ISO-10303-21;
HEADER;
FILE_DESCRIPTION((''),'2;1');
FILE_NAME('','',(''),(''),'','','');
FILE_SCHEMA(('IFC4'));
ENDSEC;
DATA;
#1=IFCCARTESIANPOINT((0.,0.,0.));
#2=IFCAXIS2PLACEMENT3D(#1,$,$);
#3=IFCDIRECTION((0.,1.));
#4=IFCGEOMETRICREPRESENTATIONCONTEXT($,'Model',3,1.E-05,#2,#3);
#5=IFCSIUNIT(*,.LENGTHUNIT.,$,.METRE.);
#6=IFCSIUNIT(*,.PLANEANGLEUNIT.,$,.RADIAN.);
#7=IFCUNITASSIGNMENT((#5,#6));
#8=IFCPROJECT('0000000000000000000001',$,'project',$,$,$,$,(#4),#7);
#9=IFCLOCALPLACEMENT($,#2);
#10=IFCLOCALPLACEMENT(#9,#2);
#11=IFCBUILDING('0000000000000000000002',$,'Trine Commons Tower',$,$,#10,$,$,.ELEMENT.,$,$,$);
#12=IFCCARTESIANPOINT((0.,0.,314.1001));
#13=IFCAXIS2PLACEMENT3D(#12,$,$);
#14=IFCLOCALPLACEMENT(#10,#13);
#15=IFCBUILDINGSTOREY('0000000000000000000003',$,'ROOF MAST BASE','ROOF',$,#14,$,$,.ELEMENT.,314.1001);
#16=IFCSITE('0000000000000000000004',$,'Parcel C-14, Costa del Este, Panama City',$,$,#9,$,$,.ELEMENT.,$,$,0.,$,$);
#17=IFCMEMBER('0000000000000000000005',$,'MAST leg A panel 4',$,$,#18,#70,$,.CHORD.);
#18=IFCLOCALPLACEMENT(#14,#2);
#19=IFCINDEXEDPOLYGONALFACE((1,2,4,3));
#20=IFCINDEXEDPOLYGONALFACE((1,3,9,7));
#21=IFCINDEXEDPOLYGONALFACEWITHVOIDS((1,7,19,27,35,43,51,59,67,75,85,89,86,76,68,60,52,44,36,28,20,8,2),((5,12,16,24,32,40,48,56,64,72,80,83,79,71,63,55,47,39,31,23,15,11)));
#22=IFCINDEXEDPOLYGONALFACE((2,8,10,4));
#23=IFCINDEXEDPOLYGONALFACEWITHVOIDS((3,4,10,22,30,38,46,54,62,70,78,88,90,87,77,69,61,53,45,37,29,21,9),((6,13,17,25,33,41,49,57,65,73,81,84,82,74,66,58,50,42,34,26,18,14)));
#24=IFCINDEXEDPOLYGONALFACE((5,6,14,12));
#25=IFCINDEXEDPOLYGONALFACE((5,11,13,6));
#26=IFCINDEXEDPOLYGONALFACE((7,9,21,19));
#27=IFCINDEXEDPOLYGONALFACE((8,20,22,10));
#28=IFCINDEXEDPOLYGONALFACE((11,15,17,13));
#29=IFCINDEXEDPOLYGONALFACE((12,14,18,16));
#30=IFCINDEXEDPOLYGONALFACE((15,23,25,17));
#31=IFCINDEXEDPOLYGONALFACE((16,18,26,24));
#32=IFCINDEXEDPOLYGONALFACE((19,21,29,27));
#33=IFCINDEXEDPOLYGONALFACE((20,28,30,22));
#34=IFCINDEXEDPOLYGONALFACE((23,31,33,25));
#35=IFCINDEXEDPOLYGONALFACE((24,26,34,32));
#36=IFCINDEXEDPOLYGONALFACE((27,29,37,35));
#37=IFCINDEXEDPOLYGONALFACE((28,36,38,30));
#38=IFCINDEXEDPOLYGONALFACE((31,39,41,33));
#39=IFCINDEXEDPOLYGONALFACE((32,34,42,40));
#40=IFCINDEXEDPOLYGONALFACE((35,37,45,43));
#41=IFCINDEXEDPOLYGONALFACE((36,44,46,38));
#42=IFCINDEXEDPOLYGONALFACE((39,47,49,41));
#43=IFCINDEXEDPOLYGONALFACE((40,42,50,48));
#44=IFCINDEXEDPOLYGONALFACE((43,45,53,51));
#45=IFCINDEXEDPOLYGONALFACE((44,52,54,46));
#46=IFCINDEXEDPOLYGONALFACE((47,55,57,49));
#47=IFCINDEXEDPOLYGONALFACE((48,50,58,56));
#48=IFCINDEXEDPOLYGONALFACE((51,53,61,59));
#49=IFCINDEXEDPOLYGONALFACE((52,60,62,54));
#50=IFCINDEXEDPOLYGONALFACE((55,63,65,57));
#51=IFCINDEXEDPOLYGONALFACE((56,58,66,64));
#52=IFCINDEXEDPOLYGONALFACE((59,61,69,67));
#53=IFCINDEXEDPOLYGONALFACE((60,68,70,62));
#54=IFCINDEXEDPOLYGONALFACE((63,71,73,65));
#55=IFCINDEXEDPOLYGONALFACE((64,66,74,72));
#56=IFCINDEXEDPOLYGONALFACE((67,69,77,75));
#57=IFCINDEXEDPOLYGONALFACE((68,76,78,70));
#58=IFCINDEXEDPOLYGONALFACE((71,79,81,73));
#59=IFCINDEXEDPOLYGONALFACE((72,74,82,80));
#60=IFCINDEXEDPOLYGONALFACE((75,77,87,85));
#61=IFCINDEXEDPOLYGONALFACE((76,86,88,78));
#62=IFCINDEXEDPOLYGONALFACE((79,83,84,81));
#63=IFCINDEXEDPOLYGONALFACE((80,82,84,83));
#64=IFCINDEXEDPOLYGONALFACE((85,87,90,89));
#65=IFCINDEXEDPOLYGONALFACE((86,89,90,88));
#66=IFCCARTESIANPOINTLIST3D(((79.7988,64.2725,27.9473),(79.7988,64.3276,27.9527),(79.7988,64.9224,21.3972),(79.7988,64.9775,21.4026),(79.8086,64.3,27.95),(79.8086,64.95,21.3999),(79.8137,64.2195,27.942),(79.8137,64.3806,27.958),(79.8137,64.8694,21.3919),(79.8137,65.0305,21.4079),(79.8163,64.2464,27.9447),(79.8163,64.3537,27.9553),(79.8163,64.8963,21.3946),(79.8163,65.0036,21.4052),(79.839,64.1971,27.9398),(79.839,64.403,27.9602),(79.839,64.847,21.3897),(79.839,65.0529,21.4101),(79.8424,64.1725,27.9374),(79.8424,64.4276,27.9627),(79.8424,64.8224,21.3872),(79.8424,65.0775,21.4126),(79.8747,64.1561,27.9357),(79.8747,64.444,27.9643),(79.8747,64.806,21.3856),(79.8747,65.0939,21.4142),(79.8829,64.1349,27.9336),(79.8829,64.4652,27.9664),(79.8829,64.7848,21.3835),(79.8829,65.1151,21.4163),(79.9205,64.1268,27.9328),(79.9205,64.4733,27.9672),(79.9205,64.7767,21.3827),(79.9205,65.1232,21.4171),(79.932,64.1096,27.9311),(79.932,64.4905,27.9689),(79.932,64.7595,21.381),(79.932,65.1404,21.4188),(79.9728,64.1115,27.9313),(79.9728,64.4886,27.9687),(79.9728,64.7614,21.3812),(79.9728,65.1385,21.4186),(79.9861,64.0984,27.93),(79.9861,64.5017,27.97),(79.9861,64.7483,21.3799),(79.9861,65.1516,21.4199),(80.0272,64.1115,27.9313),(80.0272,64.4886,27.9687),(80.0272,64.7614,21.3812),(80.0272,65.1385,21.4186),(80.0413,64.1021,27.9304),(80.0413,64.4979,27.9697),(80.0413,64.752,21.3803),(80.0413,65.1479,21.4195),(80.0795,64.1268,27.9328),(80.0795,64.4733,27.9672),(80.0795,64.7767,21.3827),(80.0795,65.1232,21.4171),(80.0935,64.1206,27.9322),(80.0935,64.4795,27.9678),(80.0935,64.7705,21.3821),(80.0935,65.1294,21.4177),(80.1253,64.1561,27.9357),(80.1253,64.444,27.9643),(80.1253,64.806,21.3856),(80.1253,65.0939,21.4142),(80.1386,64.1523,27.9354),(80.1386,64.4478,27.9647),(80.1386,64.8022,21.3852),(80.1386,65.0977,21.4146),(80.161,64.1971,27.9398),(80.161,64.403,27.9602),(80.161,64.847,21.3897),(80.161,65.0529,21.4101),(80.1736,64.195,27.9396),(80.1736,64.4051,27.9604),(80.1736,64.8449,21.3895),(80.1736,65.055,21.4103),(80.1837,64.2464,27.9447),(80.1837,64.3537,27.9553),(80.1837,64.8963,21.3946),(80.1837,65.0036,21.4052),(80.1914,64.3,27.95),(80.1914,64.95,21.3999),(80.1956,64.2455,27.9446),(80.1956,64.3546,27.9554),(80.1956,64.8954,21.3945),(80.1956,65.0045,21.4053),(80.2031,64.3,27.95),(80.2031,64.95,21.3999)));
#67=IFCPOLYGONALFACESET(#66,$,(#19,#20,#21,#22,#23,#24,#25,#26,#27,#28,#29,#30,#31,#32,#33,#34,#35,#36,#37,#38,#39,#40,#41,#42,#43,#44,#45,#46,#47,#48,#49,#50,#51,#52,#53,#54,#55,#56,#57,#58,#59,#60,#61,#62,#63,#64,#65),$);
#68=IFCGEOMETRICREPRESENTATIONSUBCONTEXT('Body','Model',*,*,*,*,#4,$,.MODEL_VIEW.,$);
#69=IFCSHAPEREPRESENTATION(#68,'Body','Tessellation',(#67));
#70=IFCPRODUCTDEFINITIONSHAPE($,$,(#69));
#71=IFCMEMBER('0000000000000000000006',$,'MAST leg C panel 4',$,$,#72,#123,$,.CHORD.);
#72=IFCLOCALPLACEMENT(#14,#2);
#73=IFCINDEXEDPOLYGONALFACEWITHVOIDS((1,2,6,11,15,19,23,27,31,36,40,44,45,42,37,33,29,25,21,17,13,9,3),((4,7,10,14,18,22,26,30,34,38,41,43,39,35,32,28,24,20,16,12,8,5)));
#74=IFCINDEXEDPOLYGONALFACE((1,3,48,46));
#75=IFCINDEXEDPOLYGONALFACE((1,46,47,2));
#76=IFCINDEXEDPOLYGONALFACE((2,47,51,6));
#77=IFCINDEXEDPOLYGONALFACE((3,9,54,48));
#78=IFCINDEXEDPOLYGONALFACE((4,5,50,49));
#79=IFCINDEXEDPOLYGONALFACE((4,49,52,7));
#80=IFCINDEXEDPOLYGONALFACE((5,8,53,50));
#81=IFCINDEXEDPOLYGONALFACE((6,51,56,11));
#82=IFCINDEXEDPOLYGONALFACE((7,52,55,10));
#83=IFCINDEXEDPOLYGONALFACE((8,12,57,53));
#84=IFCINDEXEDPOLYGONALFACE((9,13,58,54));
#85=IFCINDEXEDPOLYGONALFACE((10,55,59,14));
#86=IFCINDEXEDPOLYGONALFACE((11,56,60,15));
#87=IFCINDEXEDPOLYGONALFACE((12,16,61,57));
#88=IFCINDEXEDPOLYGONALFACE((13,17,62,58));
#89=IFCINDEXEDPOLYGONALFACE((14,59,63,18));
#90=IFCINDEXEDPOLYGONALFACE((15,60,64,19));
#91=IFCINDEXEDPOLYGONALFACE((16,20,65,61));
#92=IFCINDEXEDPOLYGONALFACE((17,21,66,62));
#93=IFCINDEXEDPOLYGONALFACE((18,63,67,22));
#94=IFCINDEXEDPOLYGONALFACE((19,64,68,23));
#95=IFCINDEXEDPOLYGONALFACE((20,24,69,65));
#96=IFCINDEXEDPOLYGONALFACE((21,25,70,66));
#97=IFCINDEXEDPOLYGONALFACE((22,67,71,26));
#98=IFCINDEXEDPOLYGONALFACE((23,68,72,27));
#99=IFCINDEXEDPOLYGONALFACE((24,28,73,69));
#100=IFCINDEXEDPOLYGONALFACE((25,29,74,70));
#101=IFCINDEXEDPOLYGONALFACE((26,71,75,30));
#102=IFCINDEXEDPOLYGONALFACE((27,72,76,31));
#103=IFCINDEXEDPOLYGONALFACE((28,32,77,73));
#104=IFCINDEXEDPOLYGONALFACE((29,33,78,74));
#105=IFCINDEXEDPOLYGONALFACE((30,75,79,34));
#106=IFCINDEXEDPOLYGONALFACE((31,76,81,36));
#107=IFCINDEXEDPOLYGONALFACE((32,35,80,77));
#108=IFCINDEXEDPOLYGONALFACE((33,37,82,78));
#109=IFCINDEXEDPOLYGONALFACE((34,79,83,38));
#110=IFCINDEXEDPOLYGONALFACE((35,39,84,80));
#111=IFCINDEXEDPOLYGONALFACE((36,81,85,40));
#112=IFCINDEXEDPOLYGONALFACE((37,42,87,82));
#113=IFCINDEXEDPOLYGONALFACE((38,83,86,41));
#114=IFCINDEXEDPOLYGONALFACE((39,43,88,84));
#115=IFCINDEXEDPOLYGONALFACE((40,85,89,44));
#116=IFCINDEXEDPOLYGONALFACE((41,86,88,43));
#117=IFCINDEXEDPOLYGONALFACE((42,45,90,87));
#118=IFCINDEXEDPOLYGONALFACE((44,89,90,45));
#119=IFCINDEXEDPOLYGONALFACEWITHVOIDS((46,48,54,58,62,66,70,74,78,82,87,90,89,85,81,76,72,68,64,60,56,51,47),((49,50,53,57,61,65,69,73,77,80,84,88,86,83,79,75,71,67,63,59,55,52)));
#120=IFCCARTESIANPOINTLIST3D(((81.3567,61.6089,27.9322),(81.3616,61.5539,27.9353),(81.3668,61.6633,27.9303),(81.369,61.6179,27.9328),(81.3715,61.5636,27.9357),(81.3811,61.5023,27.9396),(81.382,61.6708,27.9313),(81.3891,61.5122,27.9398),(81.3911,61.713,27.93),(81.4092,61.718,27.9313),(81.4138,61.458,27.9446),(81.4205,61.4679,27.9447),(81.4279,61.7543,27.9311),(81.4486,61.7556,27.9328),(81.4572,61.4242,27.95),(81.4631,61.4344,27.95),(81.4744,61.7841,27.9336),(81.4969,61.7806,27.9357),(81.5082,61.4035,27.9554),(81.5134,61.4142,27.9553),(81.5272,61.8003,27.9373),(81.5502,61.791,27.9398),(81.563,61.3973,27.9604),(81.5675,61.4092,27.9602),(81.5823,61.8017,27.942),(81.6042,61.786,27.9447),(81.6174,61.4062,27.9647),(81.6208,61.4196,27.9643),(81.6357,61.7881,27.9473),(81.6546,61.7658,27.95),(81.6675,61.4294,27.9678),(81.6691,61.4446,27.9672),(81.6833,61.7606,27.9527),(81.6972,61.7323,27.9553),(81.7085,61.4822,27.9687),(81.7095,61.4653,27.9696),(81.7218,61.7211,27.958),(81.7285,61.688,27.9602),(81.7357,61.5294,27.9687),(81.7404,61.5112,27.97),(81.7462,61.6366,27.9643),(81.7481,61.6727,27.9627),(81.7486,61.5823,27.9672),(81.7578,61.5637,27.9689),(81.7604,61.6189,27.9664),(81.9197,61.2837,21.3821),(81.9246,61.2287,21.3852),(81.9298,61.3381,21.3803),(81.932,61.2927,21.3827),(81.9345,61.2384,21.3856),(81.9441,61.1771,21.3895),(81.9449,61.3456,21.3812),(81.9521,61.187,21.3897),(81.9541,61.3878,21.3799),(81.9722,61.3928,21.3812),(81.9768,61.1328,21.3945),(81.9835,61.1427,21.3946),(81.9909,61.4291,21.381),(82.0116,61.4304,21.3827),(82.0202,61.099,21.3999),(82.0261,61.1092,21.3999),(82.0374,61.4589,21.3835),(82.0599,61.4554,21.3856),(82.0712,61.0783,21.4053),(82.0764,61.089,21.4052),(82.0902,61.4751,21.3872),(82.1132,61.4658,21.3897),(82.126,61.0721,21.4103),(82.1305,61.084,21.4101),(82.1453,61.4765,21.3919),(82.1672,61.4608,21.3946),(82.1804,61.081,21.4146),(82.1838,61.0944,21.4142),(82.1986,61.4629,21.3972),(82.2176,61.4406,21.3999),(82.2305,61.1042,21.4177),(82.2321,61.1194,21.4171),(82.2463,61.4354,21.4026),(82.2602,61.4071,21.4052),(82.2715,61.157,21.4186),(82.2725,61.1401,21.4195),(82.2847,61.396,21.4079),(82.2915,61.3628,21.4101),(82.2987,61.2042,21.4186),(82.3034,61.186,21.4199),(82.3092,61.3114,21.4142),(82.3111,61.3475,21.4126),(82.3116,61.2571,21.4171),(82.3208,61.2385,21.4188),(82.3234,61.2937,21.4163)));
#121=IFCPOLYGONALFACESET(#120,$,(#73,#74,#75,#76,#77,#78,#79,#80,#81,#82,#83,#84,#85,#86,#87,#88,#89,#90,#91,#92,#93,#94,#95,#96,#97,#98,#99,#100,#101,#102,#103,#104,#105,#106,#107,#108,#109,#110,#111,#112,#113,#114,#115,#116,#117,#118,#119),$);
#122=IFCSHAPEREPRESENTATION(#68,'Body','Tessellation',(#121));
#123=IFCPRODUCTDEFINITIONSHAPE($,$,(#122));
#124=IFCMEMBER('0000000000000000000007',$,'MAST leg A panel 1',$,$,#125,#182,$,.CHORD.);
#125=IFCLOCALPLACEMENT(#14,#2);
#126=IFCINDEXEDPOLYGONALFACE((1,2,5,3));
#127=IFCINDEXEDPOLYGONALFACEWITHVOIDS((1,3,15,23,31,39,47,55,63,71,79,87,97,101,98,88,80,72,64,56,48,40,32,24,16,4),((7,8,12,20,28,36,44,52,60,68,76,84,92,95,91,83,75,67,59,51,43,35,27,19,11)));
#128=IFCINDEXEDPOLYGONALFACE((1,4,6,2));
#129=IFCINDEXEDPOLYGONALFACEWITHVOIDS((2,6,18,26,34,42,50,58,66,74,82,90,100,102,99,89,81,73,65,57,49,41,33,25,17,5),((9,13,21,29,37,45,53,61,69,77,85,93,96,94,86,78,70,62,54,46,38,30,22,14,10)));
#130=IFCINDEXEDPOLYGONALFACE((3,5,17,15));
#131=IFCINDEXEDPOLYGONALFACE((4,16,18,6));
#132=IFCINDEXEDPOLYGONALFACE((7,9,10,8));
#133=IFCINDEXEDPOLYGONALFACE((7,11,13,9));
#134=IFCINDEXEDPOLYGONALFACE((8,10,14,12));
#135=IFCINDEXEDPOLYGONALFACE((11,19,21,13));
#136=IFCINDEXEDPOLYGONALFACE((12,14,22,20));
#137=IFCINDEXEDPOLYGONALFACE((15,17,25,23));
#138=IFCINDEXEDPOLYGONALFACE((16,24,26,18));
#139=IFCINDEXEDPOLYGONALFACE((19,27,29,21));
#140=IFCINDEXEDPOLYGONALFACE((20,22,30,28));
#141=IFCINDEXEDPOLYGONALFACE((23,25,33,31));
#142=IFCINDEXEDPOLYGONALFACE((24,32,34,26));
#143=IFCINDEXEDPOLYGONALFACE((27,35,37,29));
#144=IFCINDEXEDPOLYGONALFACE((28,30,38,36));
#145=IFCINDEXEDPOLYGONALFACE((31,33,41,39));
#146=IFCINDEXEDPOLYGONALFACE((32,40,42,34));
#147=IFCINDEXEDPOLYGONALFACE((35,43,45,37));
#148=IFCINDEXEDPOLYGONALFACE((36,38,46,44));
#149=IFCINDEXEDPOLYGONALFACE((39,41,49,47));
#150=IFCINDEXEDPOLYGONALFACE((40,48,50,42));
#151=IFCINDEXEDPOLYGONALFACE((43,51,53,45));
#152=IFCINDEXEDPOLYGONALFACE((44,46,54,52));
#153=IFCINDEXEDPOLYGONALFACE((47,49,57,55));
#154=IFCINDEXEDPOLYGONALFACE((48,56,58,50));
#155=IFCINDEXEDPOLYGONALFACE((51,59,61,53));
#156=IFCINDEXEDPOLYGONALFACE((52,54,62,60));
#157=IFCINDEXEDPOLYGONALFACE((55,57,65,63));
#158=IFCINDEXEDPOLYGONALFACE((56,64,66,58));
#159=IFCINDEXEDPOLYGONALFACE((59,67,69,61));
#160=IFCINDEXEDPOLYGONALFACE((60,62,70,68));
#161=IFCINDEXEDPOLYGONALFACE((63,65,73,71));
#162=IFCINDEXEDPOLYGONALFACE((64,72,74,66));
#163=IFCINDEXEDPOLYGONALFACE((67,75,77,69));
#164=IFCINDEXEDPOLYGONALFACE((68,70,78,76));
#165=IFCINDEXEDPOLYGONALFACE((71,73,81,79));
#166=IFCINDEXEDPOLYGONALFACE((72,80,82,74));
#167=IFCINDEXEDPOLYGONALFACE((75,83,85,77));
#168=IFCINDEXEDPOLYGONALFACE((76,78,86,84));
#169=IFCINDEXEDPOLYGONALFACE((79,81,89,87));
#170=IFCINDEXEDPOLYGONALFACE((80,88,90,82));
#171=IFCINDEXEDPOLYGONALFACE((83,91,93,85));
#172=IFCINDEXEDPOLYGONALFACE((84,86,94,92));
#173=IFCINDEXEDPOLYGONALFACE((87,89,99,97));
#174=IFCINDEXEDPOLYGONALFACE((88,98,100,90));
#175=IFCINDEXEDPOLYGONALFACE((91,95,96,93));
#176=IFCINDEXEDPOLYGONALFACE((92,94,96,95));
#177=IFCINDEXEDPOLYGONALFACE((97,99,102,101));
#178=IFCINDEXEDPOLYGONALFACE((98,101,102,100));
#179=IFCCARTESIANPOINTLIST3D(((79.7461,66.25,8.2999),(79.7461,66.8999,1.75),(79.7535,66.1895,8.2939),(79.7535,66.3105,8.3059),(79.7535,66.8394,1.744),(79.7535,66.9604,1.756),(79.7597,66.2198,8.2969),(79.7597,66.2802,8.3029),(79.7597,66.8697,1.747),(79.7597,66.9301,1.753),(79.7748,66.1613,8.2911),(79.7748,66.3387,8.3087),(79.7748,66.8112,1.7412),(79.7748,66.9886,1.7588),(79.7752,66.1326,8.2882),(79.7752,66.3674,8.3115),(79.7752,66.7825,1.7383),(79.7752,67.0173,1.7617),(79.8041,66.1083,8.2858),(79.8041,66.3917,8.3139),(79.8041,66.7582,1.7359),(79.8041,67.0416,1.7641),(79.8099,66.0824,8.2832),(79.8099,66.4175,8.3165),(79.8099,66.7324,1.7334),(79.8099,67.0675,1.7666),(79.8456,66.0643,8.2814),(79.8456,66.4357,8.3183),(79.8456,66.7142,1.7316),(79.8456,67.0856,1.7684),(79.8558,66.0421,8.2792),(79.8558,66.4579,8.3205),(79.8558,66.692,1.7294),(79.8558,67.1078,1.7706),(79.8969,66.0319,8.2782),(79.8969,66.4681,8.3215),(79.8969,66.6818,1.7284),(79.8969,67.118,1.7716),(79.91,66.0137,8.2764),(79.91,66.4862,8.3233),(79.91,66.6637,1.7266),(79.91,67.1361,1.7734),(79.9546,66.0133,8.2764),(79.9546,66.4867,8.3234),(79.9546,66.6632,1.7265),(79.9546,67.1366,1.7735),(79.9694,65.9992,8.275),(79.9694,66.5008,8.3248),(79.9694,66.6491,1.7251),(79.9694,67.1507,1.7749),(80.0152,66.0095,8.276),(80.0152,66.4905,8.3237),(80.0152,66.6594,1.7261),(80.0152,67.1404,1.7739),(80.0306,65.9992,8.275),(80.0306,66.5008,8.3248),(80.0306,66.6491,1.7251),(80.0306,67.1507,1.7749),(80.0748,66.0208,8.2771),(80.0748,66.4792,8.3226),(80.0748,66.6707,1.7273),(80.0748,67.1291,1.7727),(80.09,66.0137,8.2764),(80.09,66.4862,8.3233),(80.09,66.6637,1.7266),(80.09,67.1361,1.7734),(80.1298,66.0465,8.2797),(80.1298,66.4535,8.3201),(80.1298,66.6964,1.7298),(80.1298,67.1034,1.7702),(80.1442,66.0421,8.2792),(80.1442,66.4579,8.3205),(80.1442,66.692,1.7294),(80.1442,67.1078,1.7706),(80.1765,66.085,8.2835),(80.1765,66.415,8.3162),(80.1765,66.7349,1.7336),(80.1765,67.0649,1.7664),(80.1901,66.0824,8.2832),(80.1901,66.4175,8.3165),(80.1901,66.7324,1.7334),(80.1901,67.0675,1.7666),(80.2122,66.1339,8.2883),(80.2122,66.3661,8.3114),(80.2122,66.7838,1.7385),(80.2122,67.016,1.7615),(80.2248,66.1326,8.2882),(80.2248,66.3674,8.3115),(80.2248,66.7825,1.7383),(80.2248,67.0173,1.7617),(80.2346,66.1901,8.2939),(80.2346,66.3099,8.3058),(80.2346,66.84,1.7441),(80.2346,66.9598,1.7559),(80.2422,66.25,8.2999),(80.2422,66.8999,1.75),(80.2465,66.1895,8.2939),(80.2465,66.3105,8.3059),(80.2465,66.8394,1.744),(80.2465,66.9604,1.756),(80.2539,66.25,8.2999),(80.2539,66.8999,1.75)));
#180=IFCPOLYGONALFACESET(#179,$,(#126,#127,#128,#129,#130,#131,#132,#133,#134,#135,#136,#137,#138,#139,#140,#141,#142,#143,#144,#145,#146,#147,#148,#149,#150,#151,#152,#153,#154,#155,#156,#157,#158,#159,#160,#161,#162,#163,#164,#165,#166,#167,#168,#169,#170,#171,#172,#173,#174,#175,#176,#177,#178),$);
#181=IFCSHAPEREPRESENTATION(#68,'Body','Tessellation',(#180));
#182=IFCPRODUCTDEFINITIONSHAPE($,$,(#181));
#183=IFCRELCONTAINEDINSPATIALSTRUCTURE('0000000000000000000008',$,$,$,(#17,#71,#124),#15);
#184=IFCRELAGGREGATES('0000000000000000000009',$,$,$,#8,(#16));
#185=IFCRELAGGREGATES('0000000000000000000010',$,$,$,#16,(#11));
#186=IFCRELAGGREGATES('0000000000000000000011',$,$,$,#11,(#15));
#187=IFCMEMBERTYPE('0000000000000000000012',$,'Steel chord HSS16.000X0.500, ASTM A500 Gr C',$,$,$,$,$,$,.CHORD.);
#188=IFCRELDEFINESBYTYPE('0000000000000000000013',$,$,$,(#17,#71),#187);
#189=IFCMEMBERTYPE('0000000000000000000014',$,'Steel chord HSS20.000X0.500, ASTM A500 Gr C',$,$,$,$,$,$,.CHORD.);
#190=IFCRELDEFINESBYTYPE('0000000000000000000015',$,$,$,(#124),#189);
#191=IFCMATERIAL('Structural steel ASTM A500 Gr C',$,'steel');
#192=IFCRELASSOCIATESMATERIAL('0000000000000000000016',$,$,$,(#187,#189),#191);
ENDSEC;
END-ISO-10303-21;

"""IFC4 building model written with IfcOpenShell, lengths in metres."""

from ifc_helpers import new_model, si_unit, direction, frame, origin, origin_2d, place, context, subcontext, project, spatial, hollow_circle, extrude, material, material_profile, profile_set, type_object, element, save


model = new_model("IFC4")

# Units and contexts
model_context = context("Model", 3, precision=1e-05, world=origin(), true_north=direction((0.0, 1.0)))
body_context = subcontext(model_context, "Body", "Model", "MODEL_VIEW")
ifc_project = project(units=[si_unit("LENGTHUNIT", "METRE"), si_unit("PLANEANGLEUNIT", "RADIAN")], contexts=[model_context])

# Site, building, storey
site_placement = place(None, origin())
site = spatial("IfcSite", under=ifc_project, at=site_placement, Name="Parcel C-14, Costa del Este, Panama City", CompositionType="ELEMENT", RefElevation=0.0)
building_placement = place(site_placement, origin())
building = spatial("IfcBuilding", under=site, at=building_placement, Name="Trine Commons Tower", CompositionType="ELEMENT")
storey_placement = place(building_placement, frame((0.0, 0.0, 314.1001)))
storey = spatial("IfcBuildingStorey", under=building, at=storey_placement, Name="ROOF MAST BASE", Description="ROOF", CompositionType="ELEMENT", Elevation=314.1001)

# Members
ifc_material_1 = material(Name="Structural steel ASTM A500 Gr C", Category="steel")
ifc_material_profile_1 = material_profile(ifc_material_1, hollow_circle(Radius=0.2031, WallThickness=0.0117, at=origin_2d()), Name="HSS16.000X0.500")
ifc_profile_set_1 = profile_set([ifc_material_profile_1], Name="Structural steel ASTM A500 Gr C")
member_type_1 = type_object("IfcMemberType", Name="Steel chord HSS16.000X0.500, ASTM A500 Gr C", PredefinedType="CHORD", material=ifc_profile_set_1)
for number, where, z_axis, x_axis, name in (
    (1, (80.0, 64.95, 21.3999), (0.0, -0.098736, 0.995114), (1.0, 0.0, 0.0), "MAST leg A panel 4"),
    (2, (82.1218, 61.2749, 21.3999), (-0.085531, 0.049405, 0.99511), (-0.500177, -0.865923, 0.0), "MAST leg C panel 4"),
):
    element("IfcMember", number, at=place(storey_placement, frame(where, z_axis=z_axis, x_axis=x_axis)), inside=storey, type_object=member_type_1, Name=name, PredefinedType="CHORD", context=body_context, shape_type="SweptSolid", body=[
        extrude(hollow_circle(Radius=0.2031, WallThickness=0.0117, at=origin_2d()), origin(), (0.0, 0.0, 1.0), 6.5823),
    ])
ifc_material_profile_2 = material_profile(ifc_material_1, hollow_circle(Radius=0.2539, WallThickness=0.0117, at=origin_2d()), Name="HSS20.000X0.500")
ifc_profile_set_2 = profile_set([ifc_material_profile_2], Name="Structural steel ASTM A500 Gr C")
member_type_2 = type_object("IfcMemberType", Name="Steel chord HSS20.000X0.500, ASTM A500 Gr C", PredefinedType="CHORD", material=ifc_profile_set_2)
for number, where, z_axis, x_axis, name in (
    (3, (80.0, 66.8999, 1.75), (0.0, -0.09874, 0.995113), (1.0, 0.0, 0.0), "MAST leg A panel 1"),
):
    element("IfcMember", number, at=place(storey_placement, frame(where, z_axis=z_axis, x_axis=x_axis)), inside=storey, type_object=member_type_2, Name=name, PredefinedType="CHORD", context=body_context, shape_type="SweptSolid", body=[
        extrude(hollow_circle(Radius=0.2539, WallThickness=0.0117, at=origin_2d()), origin(), (0.0, 0.0, 1.0), 6.582),
    ])

save(model, "model.ifc")
